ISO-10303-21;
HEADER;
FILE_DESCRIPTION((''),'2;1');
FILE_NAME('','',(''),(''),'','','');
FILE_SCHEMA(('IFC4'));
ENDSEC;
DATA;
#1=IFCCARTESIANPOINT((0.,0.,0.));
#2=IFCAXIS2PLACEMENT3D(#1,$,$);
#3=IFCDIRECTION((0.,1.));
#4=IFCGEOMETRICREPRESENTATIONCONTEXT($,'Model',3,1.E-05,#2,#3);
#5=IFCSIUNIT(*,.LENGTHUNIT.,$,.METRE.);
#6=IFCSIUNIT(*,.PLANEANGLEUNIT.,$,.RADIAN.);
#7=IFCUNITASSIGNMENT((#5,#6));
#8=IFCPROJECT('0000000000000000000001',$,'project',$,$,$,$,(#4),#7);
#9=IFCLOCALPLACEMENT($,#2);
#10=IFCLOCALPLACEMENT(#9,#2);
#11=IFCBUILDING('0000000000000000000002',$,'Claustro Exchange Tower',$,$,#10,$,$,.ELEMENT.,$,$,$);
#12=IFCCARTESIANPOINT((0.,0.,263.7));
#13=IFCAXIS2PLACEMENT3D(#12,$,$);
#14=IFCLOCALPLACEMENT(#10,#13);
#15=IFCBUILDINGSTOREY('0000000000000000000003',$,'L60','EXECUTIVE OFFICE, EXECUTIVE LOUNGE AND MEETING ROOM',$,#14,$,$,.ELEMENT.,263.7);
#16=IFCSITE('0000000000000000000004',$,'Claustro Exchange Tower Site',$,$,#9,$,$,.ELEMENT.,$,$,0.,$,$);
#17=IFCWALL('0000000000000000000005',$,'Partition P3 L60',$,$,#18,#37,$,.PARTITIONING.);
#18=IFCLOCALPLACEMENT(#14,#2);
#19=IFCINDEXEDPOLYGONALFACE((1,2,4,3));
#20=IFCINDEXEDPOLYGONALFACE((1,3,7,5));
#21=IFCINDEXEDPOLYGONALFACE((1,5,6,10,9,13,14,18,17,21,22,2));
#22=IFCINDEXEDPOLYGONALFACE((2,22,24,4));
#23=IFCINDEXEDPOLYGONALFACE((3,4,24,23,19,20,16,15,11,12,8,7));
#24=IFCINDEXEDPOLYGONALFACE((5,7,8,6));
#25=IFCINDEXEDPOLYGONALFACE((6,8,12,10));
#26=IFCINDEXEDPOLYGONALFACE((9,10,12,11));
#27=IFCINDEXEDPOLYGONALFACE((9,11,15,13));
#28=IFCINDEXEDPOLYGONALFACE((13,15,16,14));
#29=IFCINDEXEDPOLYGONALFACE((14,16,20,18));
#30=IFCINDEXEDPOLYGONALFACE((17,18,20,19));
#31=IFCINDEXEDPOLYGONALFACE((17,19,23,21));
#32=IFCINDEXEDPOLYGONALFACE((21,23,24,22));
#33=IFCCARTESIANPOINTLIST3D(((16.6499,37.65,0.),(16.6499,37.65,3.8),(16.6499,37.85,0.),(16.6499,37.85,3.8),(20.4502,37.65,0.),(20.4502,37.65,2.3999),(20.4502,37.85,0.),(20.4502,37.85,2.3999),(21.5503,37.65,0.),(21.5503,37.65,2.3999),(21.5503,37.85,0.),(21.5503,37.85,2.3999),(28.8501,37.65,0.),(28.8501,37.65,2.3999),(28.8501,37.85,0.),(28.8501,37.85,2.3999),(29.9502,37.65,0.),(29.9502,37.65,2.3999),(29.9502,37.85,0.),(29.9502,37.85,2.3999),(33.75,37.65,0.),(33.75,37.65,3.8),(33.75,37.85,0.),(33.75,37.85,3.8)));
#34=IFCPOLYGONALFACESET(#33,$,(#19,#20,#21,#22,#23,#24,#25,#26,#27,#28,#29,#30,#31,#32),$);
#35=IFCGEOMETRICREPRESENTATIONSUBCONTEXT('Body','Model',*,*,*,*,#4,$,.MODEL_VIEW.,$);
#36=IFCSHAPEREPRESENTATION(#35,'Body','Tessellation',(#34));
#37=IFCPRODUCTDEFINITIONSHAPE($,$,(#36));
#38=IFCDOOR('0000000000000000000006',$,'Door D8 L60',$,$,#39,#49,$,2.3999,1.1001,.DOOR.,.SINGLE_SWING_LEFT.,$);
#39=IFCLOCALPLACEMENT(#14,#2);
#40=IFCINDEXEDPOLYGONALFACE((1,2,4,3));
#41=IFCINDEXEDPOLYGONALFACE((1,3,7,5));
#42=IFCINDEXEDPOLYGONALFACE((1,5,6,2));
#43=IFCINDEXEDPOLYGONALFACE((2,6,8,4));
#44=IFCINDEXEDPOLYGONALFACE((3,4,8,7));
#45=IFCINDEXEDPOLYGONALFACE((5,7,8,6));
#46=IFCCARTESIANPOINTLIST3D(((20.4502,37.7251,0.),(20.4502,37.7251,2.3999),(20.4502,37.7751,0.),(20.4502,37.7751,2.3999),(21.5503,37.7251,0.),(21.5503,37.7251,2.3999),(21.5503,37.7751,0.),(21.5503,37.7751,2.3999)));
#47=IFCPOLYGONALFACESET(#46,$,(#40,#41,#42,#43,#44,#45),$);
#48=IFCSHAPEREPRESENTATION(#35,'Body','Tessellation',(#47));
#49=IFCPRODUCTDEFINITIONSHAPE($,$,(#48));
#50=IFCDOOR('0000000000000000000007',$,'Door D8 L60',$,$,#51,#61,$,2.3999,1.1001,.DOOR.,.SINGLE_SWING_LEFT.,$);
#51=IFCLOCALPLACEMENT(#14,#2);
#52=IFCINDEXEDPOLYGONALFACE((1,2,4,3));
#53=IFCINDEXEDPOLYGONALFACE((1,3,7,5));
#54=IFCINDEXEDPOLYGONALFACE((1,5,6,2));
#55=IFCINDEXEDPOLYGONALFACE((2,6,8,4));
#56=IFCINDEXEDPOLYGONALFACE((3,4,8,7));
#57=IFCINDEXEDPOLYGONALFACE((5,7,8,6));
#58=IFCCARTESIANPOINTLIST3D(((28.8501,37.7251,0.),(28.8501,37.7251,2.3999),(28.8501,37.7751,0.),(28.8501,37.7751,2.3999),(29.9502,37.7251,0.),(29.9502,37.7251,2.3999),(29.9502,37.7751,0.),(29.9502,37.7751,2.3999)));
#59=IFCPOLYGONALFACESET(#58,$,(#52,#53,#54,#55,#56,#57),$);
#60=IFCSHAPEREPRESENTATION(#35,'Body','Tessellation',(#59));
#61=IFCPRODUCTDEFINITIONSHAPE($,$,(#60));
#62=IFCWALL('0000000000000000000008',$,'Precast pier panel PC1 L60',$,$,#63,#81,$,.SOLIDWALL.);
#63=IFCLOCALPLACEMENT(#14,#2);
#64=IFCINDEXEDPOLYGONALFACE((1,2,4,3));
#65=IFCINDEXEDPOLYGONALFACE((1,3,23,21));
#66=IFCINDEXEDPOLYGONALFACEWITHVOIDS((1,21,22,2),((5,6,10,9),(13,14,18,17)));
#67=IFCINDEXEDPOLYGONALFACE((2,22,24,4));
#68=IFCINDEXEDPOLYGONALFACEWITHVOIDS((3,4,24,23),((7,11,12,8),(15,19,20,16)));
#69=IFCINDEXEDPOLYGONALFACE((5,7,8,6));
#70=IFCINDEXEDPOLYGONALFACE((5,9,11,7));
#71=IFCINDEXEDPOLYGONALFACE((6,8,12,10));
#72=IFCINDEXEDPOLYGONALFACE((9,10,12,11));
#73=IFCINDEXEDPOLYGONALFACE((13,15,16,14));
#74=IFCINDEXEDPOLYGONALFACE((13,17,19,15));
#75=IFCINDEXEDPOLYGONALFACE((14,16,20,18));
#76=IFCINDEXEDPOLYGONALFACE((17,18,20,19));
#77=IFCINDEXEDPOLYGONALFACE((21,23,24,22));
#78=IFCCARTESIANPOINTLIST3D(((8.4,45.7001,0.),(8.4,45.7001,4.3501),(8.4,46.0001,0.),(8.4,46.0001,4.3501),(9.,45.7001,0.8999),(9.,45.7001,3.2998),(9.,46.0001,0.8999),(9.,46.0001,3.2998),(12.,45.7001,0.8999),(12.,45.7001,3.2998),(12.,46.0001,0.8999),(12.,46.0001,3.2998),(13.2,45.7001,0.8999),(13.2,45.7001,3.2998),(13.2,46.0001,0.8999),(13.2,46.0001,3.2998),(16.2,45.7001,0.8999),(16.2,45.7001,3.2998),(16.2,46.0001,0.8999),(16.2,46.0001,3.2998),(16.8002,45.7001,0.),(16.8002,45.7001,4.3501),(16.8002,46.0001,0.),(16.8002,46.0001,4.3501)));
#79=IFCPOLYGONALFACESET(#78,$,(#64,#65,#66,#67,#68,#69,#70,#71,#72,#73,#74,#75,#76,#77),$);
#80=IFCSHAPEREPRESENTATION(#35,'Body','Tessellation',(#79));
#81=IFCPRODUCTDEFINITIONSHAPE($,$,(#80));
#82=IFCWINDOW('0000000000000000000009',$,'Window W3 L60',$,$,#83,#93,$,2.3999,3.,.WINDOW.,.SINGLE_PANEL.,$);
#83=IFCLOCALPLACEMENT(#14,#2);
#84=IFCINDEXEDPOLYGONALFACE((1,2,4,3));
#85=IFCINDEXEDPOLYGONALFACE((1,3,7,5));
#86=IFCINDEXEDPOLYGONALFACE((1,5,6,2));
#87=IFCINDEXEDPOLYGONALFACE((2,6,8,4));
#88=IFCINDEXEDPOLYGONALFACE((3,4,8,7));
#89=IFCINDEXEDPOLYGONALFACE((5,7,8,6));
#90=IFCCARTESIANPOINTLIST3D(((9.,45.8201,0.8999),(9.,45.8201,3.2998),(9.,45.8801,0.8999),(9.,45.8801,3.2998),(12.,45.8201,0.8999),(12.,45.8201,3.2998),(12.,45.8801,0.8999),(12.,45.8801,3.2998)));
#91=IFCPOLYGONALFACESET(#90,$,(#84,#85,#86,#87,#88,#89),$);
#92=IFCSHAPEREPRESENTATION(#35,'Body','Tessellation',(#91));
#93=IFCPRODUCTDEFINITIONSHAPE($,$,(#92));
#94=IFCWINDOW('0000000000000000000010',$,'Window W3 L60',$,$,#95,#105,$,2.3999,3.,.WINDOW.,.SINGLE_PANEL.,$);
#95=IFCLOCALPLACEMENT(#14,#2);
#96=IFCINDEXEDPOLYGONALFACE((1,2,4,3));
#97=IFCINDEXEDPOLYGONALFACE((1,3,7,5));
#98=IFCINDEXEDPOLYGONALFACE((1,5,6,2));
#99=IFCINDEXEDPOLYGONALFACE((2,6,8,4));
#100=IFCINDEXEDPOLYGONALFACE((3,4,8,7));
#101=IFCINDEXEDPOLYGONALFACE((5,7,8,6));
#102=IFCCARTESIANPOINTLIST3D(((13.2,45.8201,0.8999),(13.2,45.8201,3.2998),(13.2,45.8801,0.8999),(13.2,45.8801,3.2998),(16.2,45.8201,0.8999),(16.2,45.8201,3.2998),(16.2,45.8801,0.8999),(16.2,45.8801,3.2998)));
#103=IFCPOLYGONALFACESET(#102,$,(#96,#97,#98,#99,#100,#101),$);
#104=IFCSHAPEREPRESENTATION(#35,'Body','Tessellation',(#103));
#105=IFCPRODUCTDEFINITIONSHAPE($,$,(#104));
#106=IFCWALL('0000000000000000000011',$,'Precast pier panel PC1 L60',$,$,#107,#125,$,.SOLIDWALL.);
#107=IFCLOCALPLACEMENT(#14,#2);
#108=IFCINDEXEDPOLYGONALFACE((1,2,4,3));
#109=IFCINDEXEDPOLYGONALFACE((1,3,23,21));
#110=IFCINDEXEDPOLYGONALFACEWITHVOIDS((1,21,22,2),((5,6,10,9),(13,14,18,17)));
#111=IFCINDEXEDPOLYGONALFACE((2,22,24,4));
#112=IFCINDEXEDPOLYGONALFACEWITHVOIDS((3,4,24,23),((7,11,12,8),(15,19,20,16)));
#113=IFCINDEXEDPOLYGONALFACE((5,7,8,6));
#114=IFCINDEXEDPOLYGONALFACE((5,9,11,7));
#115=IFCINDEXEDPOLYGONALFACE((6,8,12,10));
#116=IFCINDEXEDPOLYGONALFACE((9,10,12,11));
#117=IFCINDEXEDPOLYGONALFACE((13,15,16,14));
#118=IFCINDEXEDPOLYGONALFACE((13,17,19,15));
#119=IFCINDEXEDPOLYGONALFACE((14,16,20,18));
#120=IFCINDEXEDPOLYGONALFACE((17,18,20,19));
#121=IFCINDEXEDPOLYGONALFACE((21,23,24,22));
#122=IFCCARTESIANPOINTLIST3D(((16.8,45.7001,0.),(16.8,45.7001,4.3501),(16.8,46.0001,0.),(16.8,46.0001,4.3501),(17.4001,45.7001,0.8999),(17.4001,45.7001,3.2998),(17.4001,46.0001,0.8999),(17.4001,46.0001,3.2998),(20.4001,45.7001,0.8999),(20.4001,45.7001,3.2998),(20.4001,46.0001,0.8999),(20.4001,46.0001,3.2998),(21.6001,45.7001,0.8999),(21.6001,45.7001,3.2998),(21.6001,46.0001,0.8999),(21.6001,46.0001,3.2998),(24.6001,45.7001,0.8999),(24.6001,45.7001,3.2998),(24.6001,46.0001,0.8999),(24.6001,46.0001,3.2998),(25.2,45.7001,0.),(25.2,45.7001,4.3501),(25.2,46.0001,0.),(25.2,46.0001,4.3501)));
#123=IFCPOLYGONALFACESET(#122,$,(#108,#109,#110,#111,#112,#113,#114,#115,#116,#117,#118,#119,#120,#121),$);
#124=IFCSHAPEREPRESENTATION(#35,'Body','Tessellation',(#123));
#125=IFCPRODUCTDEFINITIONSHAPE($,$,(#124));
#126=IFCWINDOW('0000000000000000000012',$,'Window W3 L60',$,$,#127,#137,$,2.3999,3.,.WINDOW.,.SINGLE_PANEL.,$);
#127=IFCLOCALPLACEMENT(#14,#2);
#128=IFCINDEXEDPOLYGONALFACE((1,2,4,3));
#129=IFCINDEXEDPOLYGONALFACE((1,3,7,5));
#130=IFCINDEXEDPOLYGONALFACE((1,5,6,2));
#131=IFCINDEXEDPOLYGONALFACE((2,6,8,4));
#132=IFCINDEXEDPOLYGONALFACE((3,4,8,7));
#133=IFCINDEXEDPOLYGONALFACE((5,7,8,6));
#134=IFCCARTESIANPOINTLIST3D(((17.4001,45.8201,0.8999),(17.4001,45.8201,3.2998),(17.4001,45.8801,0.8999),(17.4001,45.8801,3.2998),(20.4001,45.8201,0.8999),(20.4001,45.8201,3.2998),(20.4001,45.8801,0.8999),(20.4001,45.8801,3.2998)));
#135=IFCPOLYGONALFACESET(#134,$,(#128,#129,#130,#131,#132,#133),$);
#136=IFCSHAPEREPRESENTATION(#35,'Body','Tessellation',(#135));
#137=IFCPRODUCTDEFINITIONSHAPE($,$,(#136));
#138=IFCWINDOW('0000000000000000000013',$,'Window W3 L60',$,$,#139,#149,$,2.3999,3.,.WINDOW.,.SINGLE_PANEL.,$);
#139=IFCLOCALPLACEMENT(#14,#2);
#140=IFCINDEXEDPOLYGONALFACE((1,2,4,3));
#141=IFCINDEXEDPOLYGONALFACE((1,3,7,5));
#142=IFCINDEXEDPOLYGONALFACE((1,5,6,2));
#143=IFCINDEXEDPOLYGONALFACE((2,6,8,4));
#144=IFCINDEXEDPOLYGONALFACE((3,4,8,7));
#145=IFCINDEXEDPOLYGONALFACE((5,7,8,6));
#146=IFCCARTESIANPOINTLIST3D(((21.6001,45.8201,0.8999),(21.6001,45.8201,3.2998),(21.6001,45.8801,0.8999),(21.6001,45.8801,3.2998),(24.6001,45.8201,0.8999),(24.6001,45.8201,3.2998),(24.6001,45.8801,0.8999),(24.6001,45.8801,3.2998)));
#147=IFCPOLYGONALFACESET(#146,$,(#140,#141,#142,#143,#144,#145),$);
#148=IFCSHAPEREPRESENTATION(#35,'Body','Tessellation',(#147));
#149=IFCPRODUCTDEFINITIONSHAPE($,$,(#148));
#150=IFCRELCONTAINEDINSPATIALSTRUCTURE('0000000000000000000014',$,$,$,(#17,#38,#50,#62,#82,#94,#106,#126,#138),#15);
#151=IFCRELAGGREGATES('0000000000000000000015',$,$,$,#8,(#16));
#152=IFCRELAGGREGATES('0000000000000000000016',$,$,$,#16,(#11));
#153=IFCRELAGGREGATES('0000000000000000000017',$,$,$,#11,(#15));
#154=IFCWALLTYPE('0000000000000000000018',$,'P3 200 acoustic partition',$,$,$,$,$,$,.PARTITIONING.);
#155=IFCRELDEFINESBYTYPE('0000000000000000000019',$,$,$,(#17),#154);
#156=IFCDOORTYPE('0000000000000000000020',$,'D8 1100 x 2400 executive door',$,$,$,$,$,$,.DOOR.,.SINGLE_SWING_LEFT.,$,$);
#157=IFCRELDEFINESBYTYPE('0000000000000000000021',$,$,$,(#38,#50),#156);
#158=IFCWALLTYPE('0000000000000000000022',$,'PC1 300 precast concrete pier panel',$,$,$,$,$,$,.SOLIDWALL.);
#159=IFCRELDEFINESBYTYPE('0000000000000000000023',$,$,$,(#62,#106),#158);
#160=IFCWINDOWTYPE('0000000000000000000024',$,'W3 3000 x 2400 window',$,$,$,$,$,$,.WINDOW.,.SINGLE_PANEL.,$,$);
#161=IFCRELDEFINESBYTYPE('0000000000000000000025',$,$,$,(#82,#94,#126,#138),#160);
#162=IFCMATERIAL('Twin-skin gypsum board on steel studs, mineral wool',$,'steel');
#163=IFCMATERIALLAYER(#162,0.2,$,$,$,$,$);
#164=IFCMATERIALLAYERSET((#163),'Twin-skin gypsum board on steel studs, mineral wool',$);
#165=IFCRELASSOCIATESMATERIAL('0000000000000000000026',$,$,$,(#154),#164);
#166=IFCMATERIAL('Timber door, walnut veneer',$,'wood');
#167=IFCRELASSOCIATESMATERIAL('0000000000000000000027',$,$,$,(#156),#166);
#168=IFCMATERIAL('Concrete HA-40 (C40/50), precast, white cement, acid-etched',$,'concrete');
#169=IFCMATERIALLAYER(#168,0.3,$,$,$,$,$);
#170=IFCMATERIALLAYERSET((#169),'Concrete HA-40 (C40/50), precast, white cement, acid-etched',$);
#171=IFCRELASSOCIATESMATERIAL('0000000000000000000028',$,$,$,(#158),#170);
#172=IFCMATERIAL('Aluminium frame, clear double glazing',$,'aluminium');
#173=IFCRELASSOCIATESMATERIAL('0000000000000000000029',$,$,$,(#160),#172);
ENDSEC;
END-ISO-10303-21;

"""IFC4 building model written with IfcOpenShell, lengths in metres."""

from ifc_helpers import new_model, si_unit, direction, frame, frame_2d, origin, place, context, subcontext, project, spatial, rectangle, extrude, material, layer, layer_set, type_object, element, fill, save


model = new_model("IFC4")

# Units and contexts
model_context = context("Model", 3, precision=1e-05, world=origin(), true_north=direction((0.0, 1.0)))
body_context = subcontext(model_context, "Body", "Model", "MODEL_VIEW")
ifc_project = project(units=[si_unit("LENGTHUNIT", "METRE"), si_unit("PLANEANGLEUNIT", "RADIAN")], contexts=[model_context])

# Site, building, storey
site_placement = place(None, origin())
site = spatial("IfcSite", under=ifc_project, at=site_placement, Name="Claustro Exchange Tower Site", CompositionType="ELEMENT", RefElevation=0.0)
building_placement = place(site_placement, origin())
building = spatial("IfcBuilding", under=site, at=building_placement, Name="Claustro Exchange Tower", CompositionType="ELEMENT")
storey_placement = place(building_placement, frame((0.0, 0.0, 263.7)))
storey = spatial("IfcBuildingStorey", under=building, at=storey_placement, Name="L60", Description="EXECUTIVE OFFICE, EXECUTIVE LOUNGE AND MEETING ROOM", CompositionType="ELEMENT", Elevation=263.7)

# Wall, openings, doors
ifc_material_1 = material(Name="Twin-skin gypsum board on steel studs, mineral wool", Category="steel")
ifc_layer_1 = layer(ifc_material_1, 0.2)
ifc_layer_set_1 = layer_set([ifc_layer_1], Name="Twin-skin gypsum board on steel studs, mineral wool")
wall_type_1 = type_object("IfcWallType", Name="P3 200 acoustic partition", PredefinedType="PARTITIONING", material=ifc_layer_set_1)
wall_1_placement = place(storey_placement, frame((16.6499, 37.75, 0.0), z_axis=(0.0, 0.0, 1.0), x_axis=(1.0, 0.0, 0.0)))
wall_1 = element("IfcWall", 1, at=wall_1_placement, inside=storey, type_object=wall_type_1, Name="Partition P3 L60", PredefinedType="PARTITIONING", context=body_context, shape_type="SweptSolid", body=[
    extrude(rectangle(XDim=17.1001, YDim=0.2, at=frame_2d((8.55, 0.0))), origin(), (0.0, 0.0, 1.0), 3.8),
])
opening_1_placement = place(wall_1_placement, frame((3.8003, 0.0, 0.0)))
opening_1 = element("IfcOpeningElement", 2, at=opening_1_placement, cuts=wall_1, PredefinedType="OPENING", context=body_context, shape_type="SweptSolid", body=[
    extrude(rectangle(XDim=1.1001, YDim=2.3999, at=frame_2d((0.55, 1.2))), frame((0.0, 0.1099, 0.0), z_axis=(0.0, -1.0, 0.0), x_axis=(1.0, 0.0, 0.0)), (0.0, 0.0, 1.0), 0.22),
])
opening_2_placement = place(wall_1_placement, frame((12.2002, 0.0, 0.0)))
opening_2 = element("IfcOpeningElement", 3, at=opening_2_placement, cuts=wall_1, PredefinedType="OPENING", context=body_context, shape_type="SweptSolid", body=[
    extrude(rectangle(XDim=1.1001, YDim=2.3999, at=frame_2d((0.55, 1.2))), frame((0.0, 0.1099, 0.0), z_axis=(0.0, -1.0, 0.0), x_axis=(1.0, 0.0, 0.0)), (0.0, 0.0, 1.0), 0.22),
])
ifc_material_2 = material(Name="Timber door, walnut veneer", Category="wood")
door_type = type_object("IfcDoorType", Name="D8 1100 x 2400 executive door", OperationType="SINGLE_SWING_LEFT", PredefinedType="DOOR", material=ifc_material_2)
door_1_placement = place(opening_1_placement, frame((1.1001, 0.0, 0.0), z_axis=(0.0, 0.0, 1.0), x_axis=(-1.0, 0.0, 0.0)))
door_1 = element("IfcDoor", 4, at=door_1_placement, inside=storey, type_object=door_type, Name="Door D8 L60", OperationType="SINGLE_SWING_LEFT", OverallHeight=2.3999, OverallWidth=1.1001, PredefinedType="DOOR", context=body_context, shape_type="SweptSolid", body=[
    extrude(rectangle(XDim=1.1001, YDim=2.3999, at=frame_2d((0.55, 1.2))), frame((0.0, 0.0249, 0.0), z_axis=(0.0, -1.0, 0.0), x_axis=(1.0, 0.0, 0.0)), (0.0, 0.0, 1.0), 0.05),
])
fill(opening_1, door_1)
door_2_placement = place(opening_2_placement, frame((1.1001, 0.0, 0.0), z_axis=(0.0, 0.0, 1.0), x_axis=(-1.0, 0.0, 0.0)))
door_2 = element("IfcDoor", 5, at=door_2_placement, inside=storey, type_object=door_type, Name="Door D8 L60", OperationType="SINGLE_SWING_LEFT", OverallHeight=2.3999, OverallWidth=1.1001, PredefinedType="DOOR", context=body_context, shape_type="SweptSolid", body=[
    extrude(rectangle(XDim=1.1001, YDim=2.3999, at=frame_2d((0.55, 1.2))), frame((0.0, 0.0249, 0.0), z_axis=(0.0, -1.0, 0.0), x_axis=(1.0, 0.0, 0.0)), (0.0, 0.0, 1.0), 0.05),
])
fill(opening_2, door_2)

# Walls, openings, windows
ifc_material_3 = material(Name="Concrete HA-40 (C40/50), precast, white cement, acid-etched", Category="concrete")
ifc_layer_2 = layer(ifc_material_3, 0.3)
ifc_layer_set_2 = layer_set([ifc_layer_2], Name="Concrete HA-40 (C40/50), precast, white cement, acid-etched")
wall_type_2 = type_object("IfcWallType", Name="PC1 300 precast concrete pier panel", PredefinedType="SOLIDWALL", material=ifc_layer_set_2)
wall_2_placement = place(storey_placement, frame((8.3999, 45.8501, 0.0), z_axis=(0.0, 0.0, 1.0), x_axis=(1.0, 0.0, 0.0)))
wall_2 = element("IfcWall", 6, at=wall_2_placement, inside=storey, type_object=wall_type_2, Name="Precast pier panel PC1 L60", PredefinedType="SOLIDWALL", context=body_context, shape_type="SweptSolid", body=[
    extrude(rectangle(XDim=8.4001, YDim=0.3, at=frame_2d((4.2002, 0.0))), origin(), (0.0, 0.0, 1.0), 4.3501),
])
opening_3_placement = place(wall_2_placement, frame((0.6001, 0.0, 0.8999)))
opening_3 = element("IfcOpeningElement", 7, at=opening_3_placement, cuts=wall_2, PredefinedType="OPENING", context=body_context, shape_type="SweptSolid", body=[
    extrude(rectangle(XDim=3.0, YDim=2.3999, at=frame_2d((1.5, 1.2))), frame((0.0, 0.1599, 0.0), z_axis=(0.0, -1.0, 0.0), x_axis=(1.0, 0.0, 0.0)), (0.0, 0.0, 1.0), 0.3201),
])
opening_4_placement = place(wall_2_placement, frame((4.8, 0.0, 0.8999)))
opening_4 = element("IfcOpeningElement", 8, at=opening_4_placement, cuts=wall_2, PredefinedType="OPENING", context=body_context, shape_type="SweptSolid", body=[
    extrude(rectangle(XDim=3.0, YDim=2.3999, at=frame_2d((1.5, 1.2))), frame((0.0, 0.1599, 0.0), z_axis=(0.0, -1.0, 0.0), x_axis=(1.0, 0.0, 0.0)), (0.0, 0.0, 1.0), 0.3201),
])
ifc_material_4 = material(Name="Aluminium frame, clear double glazing", Category="aluminium")
window_type = type_object("IfcWindowType", Name="W3 3000 x 2400 window", PartitioningType="SINGLE_PANEL", PredefinedType="WINDOW", material=ifc_material_4)
window_1_placement = place(opening_3_placement, origin())
window_1 = element("IfcWindow", 9, at=window_1_placement, inside=storey, type_object=window_type, Name="Window W3 L60", OverallHeight=2.3999, OverallWidth=3.0, PartitioningType="SINGLE_PANEL", PredefinedType="WINDOW", context=body_context, shape_type="SweptSolid", body=[
    extrude(rectangle(XDim=3.0, YDim=2.3999, at=frame_2d((1.5, 1.2))), frame((0.0, 0.03, 0.0), z_axis=(0.0, -1.0, 0.0), x_axis=(1.0, 0.0, 0.0)), (0.0, 0.0, 1.0), 0.0601),
])
fill(opening_3, window_1)
window_2_placement = place(opening_4_placement, origin())
window_2 = element("IfcWindow", 10, at=window_2_placement, inside=storey, type_object=window_type, Name="Window W3 L60", OverallHeight=2.3999, OverallWidth=3.0, PartitioningType="SINGLE_PANEL", PredefinedType="WINDOW", context=body_context, shape_type="SweptSolid", body=[
    extrude(rectangle(XDim=3.0, YDim=2.3999, at=frame_2d((1.5, 1.2))), frame((0.0, 0.03, 0.0), z_axis=(0.0, -1.0, 0.0), x_axis=(1.0, 0.0, 0.0)), (0.0, 0.0, 1.0), 0.0601),
])
fill(opening_4, window_2)
wall_3_placement = place(storey_placement, frame((16.8, 45.8501, 0.0), z_axis=(0.0, 0.0, 1.0), x_axis=(1.0, 0.0, 0.0)))
wall_3 = element("IfcWall", 11, at=wall_3_placement, inside=storey, type_object=wall_type_2, Name="Precast pier panel PC1 L60", PredefinedType="SOLIDWALL", context=body_context, shape_type="SweptSolid", body=[
    extrude(rectangle(XDim=8.3999, YDim=0.3, at=frame_2d((4.2, 0.0))), origin(), (0.0, 0.0, 1.0), 4.3501),
])
opening_5_placement = place(wall_3_placement, frame((0.6001, 0.0, 0.8999)))
opening_5 = element("IfcOpeningElement", 12, at=opening_5_placement, cuts=wall_3, PredefinedType="OPENING", context=body_context, shape_type="SweptSolid", body=[
    extrude(rectangle(XDim=3.0, YDim=2.3999, at=frame_2d((1.5, 1.2))), frame((0.0, 0.1599, 0.0), z_axis=(0.0, -1.0, 0.0), x_axis=(1.0, 0.0, 0.0)), (0.0, 0.0, 1.0), 0.3201),
])
opening_6_placement = place(wall_3_placement, frame((4.8, 0.0, 0.8999)))
opening_6 = element("IfcOpeningElement", 13, at=opening_6_placement, cuts=wall_3, PredefinedType="OPENING", context=body_context, shape_type="SweptSolid", body=[
    extrude(rectangle(XDim=3.0, YDim=2.3999, at=frame_2d((1.5, 1.2))), frame((0.0, 0.1599, 0.0), z_axis=(0.0, -1.0, 0.0), x_axis=(1.0, 0.0, 0.0)), (0.0, 0.0, 1.0), 0.3201),
])
window_3_placement = place(opening_5_placement, origin())
window_3 = element("IfcWindow", 14, at=window_3_placement, inside=storey, type_object=window_type, Name="Window W3 L60", OverallHeight=2.3999, OverallWidth=3.0, PartitioningType="SINGLE_PANEL", PredefinedType="WINDOW", context=body_context, shape_type="SweptSolid", body=[
    extrude(rectangle(XDim=3.0, YDim=2.3999, at=frame_2d((1.5, 1.2))), frame((0.0, 0.03, 0.0), z_axis=(0.0, -1.0, 0.0), x_axis=(1.0, 0.0, 0.0)), (0.0, 0.0, 1.0), 0.0601),
])
fill(opening_5, window_3)
window_4_placement = place(opening_6_placement, origin())
window_4 = element("IfcWindow", 15, at=window_4_placement, inside=storey, type_object=window_type, Name="Window W3 L60", OverallHeight=2.3999, OverallWidth=3.0, PartitioningType="SINGLE_PANEL", PredefinedType="WINDOW", context=body_context, shape_type="SweptSolid", body=[
    extrude(rectangle(XDim=3.0, YDim=2.3999, at=frame_2d((1.5, 1.2))), frame((0.0, 0.03, 0.0), z_axis=(0.0, -1.0, 0.0), x_axis=(1.0, 0.0, 0.0)), (0.0, 0.0, 1.0), 0.0601),
])
fill(opening_6, window_4)

save(model, "model.ifc")
